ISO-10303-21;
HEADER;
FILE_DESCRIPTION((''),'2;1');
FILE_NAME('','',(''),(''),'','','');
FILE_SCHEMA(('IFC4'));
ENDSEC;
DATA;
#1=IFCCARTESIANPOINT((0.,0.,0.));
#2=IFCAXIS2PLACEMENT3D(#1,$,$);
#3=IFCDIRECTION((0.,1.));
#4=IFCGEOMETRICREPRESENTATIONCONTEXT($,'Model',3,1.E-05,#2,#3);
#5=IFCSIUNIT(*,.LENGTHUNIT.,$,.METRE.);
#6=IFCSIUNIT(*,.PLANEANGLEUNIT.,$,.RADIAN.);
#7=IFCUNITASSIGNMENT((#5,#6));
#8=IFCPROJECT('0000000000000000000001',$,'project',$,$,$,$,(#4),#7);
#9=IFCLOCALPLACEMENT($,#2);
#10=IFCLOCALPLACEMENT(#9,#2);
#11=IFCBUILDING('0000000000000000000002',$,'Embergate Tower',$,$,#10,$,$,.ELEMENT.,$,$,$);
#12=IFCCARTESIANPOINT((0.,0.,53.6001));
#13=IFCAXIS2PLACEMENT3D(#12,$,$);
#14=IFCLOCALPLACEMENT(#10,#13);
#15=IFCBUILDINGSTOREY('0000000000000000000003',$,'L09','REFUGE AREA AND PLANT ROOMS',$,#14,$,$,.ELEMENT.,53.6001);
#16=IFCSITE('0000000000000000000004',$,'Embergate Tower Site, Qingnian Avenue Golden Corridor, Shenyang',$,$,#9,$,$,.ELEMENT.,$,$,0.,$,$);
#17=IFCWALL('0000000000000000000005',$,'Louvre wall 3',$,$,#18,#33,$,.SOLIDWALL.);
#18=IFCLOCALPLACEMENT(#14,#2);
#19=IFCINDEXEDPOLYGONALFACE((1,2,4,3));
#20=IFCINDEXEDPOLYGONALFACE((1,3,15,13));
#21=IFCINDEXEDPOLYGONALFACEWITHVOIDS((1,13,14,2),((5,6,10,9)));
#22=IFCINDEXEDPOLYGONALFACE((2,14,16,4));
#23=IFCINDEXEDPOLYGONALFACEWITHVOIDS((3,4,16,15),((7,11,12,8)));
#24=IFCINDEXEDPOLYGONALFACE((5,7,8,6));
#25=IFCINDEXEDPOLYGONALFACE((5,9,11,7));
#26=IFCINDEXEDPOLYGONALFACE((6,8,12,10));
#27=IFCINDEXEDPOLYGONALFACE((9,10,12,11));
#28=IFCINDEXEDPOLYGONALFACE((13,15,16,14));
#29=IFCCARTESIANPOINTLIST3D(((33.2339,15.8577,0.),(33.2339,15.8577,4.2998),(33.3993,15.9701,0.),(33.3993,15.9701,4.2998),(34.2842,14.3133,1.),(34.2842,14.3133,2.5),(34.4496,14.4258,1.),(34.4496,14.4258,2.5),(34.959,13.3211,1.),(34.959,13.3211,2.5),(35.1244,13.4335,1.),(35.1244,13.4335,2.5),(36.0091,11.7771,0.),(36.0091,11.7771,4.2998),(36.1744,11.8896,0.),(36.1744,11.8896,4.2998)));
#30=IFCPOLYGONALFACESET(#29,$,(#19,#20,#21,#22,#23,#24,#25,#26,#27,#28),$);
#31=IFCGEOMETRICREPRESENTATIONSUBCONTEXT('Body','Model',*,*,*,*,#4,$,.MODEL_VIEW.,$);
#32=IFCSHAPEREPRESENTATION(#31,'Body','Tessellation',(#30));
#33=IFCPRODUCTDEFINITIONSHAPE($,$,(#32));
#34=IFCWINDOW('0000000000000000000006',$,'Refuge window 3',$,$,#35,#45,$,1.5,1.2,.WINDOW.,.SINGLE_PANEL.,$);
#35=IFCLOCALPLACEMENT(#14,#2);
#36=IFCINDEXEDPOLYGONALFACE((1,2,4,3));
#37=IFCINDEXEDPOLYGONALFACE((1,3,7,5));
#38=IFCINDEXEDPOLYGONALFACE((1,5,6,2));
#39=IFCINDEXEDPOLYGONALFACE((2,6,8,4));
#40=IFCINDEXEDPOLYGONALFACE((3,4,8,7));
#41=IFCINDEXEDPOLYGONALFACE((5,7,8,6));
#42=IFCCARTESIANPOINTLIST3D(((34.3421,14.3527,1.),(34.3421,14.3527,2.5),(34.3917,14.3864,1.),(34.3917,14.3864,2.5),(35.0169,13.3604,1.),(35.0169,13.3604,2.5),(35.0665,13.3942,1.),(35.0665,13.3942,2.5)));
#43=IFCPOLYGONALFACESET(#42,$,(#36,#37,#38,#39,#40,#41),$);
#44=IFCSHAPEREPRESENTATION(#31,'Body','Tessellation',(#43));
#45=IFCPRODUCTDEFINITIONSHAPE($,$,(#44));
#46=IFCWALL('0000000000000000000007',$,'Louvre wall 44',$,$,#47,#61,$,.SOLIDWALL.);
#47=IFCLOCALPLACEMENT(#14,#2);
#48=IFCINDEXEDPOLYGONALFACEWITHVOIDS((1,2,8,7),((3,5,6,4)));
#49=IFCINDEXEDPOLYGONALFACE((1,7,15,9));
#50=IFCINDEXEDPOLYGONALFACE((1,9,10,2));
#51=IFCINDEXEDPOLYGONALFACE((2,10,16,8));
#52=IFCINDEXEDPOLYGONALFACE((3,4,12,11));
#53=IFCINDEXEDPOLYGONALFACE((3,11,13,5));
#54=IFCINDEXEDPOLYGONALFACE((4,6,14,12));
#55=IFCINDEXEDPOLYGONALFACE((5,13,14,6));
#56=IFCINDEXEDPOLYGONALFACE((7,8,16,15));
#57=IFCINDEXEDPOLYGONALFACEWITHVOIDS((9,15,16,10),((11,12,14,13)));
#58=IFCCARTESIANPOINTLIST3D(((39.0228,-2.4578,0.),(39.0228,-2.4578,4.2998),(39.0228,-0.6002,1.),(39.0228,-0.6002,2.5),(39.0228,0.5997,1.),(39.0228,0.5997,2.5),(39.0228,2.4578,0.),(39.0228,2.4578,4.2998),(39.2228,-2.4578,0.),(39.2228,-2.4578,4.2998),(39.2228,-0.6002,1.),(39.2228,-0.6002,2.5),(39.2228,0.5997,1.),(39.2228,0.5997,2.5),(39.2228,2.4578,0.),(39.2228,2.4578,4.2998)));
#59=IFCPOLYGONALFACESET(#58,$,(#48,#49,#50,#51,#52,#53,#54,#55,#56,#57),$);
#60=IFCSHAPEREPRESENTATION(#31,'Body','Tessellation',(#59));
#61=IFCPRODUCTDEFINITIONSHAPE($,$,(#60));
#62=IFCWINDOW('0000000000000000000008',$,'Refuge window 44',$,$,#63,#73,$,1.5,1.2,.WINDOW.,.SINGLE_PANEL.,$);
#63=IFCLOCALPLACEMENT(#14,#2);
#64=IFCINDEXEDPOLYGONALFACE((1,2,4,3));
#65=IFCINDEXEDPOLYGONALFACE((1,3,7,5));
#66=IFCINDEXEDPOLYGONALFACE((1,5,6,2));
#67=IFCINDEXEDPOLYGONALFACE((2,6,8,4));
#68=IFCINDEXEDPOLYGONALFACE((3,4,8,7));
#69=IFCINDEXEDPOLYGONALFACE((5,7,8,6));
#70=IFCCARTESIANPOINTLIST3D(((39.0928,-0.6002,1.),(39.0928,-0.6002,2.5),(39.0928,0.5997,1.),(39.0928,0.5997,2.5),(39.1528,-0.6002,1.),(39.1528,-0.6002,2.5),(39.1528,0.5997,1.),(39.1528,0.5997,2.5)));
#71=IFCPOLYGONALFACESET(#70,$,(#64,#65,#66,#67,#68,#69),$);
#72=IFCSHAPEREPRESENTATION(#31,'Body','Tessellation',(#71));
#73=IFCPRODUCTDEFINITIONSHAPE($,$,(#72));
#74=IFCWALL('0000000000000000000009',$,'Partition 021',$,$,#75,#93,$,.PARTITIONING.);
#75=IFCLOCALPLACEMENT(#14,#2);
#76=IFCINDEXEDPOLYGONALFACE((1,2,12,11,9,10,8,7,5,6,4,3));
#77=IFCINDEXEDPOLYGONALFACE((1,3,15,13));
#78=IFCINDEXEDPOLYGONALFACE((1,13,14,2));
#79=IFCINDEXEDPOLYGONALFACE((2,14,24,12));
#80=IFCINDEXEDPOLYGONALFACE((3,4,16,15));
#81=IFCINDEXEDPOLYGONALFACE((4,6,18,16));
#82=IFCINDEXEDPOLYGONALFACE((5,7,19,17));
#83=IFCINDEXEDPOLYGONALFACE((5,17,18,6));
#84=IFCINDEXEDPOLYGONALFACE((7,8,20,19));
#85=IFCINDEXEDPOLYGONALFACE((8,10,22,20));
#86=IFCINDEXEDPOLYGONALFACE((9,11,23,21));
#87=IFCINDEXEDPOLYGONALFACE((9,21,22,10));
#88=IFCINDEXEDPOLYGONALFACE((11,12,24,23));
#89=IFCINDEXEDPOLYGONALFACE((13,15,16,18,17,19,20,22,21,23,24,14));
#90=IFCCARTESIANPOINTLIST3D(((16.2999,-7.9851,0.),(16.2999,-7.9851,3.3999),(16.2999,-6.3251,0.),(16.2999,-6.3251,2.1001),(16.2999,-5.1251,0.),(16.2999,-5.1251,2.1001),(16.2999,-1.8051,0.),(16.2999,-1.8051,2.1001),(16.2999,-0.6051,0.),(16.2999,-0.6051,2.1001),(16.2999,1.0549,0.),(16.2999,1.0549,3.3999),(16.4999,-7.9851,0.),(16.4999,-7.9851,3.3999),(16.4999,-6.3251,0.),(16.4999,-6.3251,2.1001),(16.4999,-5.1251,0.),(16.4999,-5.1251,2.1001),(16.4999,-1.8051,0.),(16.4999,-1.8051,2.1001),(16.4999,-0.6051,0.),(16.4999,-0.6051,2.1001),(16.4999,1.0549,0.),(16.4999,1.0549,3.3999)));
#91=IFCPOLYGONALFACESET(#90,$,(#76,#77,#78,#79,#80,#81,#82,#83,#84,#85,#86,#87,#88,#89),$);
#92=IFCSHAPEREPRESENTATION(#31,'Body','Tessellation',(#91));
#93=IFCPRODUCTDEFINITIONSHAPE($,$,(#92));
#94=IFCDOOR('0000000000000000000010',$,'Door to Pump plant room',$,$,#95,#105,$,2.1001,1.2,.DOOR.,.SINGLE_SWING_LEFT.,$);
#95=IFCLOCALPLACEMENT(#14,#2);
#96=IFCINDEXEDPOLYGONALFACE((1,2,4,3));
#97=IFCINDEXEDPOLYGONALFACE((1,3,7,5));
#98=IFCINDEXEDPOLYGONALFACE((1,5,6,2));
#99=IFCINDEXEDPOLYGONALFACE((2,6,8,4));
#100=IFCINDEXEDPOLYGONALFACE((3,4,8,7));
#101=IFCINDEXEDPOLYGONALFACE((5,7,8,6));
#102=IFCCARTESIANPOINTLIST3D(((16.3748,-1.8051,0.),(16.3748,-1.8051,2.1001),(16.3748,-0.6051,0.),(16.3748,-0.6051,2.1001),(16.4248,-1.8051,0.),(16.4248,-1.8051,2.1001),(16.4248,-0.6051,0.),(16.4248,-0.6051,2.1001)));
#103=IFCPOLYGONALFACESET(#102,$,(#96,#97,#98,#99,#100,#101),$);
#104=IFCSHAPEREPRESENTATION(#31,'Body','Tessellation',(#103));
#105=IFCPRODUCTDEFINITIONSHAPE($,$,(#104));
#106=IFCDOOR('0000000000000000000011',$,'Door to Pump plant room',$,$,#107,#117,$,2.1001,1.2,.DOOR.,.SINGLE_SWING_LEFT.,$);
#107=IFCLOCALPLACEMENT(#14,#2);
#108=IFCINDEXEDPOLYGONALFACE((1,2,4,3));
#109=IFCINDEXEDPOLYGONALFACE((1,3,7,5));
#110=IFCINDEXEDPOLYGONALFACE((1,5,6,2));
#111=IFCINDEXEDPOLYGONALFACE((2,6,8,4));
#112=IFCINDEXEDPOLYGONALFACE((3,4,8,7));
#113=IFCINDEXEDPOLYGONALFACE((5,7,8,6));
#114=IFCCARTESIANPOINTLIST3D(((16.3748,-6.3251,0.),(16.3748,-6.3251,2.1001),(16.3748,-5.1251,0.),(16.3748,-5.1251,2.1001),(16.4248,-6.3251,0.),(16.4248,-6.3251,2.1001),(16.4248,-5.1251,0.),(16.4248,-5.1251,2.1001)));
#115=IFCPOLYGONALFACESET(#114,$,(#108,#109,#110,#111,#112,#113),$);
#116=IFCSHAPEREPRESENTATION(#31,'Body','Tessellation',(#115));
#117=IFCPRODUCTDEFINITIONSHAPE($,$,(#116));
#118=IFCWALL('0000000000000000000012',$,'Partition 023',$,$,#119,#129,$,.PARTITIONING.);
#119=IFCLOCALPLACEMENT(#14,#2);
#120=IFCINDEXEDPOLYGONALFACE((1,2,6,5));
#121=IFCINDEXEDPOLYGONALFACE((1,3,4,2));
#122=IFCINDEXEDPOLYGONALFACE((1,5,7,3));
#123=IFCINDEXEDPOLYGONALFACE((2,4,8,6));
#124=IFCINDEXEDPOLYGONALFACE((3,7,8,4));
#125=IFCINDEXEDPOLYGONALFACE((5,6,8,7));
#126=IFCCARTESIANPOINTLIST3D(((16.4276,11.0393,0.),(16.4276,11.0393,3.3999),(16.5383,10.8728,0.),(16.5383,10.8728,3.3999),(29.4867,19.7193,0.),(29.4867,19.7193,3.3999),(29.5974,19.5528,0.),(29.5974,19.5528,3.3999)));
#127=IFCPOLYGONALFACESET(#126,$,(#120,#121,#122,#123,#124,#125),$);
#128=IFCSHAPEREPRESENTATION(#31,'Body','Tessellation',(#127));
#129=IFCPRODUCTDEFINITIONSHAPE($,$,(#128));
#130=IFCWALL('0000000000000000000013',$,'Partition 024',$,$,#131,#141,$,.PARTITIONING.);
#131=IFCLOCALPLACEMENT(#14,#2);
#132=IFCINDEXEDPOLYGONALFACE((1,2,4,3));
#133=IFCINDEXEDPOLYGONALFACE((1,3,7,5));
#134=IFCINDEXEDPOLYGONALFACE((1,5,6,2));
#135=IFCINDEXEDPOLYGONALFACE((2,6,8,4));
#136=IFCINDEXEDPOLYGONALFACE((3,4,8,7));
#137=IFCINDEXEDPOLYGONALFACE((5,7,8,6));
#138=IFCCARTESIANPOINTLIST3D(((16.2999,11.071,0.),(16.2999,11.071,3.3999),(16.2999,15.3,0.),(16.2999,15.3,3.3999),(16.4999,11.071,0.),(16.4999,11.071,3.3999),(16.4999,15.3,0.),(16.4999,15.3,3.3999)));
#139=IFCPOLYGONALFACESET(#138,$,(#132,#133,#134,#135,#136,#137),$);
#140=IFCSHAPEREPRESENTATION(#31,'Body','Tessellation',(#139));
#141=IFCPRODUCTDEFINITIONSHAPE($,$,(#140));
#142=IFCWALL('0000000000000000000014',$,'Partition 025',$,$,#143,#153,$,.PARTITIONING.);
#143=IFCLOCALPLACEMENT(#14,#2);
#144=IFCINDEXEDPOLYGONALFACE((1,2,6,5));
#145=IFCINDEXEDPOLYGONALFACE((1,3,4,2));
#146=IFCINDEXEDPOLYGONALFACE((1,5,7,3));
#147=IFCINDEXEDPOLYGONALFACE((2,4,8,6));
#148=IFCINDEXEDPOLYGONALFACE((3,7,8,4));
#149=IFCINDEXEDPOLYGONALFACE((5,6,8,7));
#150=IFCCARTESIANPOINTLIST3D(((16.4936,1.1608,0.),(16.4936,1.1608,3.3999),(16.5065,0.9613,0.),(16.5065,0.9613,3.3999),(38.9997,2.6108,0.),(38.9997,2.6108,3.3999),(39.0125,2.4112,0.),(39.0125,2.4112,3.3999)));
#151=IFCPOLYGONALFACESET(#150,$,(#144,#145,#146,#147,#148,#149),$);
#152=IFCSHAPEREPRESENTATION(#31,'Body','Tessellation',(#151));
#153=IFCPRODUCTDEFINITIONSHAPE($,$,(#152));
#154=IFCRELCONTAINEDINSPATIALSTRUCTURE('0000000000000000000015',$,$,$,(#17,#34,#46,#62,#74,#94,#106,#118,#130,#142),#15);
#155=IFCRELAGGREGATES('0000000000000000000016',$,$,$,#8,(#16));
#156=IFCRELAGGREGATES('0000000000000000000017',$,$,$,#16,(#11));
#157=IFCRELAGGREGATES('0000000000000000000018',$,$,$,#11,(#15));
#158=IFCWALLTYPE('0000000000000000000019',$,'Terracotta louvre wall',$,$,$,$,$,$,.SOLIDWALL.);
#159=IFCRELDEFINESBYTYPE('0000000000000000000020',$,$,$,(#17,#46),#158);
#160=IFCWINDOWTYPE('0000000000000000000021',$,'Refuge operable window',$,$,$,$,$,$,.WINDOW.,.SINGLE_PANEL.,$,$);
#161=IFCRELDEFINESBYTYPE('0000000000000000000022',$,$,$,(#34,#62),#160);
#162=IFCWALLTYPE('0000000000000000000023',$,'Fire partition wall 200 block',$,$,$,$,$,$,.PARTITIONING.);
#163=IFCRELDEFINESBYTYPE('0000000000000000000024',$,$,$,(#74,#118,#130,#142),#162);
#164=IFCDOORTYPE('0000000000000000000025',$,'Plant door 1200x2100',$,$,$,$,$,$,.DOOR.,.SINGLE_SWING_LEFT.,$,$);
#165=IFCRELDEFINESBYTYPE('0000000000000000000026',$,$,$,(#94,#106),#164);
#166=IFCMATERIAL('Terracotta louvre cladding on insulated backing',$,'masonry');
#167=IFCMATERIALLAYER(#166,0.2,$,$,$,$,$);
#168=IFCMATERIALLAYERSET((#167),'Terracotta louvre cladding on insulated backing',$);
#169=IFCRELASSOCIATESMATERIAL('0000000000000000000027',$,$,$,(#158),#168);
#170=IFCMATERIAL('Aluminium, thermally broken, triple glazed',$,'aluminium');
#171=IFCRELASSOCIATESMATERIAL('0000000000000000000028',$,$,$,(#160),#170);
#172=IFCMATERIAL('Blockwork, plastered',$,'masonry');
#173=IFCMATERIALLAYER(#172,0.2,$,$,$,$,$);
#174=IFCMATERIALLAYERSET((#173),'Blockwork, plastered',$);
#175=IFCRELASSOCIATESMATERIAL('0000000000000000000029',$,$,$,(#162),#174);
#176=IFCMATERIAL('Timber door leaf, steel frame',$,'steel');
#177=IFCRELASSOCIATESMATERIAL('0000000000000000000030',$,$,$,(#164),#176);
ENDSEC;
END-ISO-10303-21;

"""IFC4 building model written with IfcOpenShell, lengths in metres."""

from ifc_helpers import new_model, si_unit, direction, frame, frame_2d, origin, place, context, subcontext, project, spatial, rectangle, extrude, source, transform, mapped, material, layer, layer_set, type_object, element, fill, save


model = new_model("IFC4")

# Units and contexts
model_context = context("Model", 3, precision=1e-05, world=origin(), true_north=direction((0.0, 1.0)))
body_context = subcontext(model_context, "Body", "Model", "MODEL_VIEW")
ifc_project = project(units=[si_unit("LENGTHUNIT", "METRE"), si_unit("PLANEANGLEUNIT", "RADIAN")], contexts=[model_context])

# Site, building, storey
site_placement = place(None, origin())
site = spatial("IfcSite", under=ifc_project, at=site_placement, Name="Embergate Tower Site, Qingnian Avenue Golden Corridor, Shenyang", CompositionType="ELEMENT", RefElevation=0.0)
building_placement = place(site_placement, origin())
building = spatial("IfcBuilding", under=site, at=building_placement, Name="Embergate Tower", CompositionType="ELEMENT")
storey_placement = place(building_placement, frame((0.0, 0.0, 53.6001)))
storey = spatial("IfcBuildingStorey", under=building, at=storey_placement, Name="L09", Description="REFUGE AREA AND PLANT ROOMS", CompositionType="ELEMENT", Elevation=53.6001)

# Walls, openings, windows
ifc_material_1 = material(Name="Terracotta louvre cladding on insulated backing", Category="masonry")
ifc_layer_1 = layer(ifc_material_1, 0.2)
ifc_layer_set_1 = layer_set([ifc_layer_1], Name="Terracotta louvre cladding on insulated backing")
wall_type_1 = type_object("IfcWallType", Name="Terracotta louvre wall", PredefinedType="SOLIDWALL", material=ifc_layer_set_1)
shared_shape_1 = source(origin(), body_context, "Body", "SweptSolid", [
    extrude(rectangle(XDim=1.2, YDim=1.5, at=frame_2d((0.6001, 0.75))), frame((0.0, 0.1099, 0.0), z_axis=(0.0, -1.0, 0.0), x_axis=(1.0, 0.0, 0.0)), (0.0, 0.0, 1.0), 0.22),
])
ifc_material_2 = material(Name="Aluminium, thermally broken, triple glazed", Category="aluminium")
window_type = type_object("IfcWindowType", Name="Refuge operable window", PartitioningType="SINGLE_PANEL", PredefinedType="WINDOW", material=ifc_material_2)
shared_shape_2 = source(origin(), body_context, "Body", "SweptSolid", [
    extrude(rectangle(XDim=1.2, YDim=1.5, at=frame_2d((0.6001, 0.75))), frame((0.0, 0.03, 0.0), z_axis=(0.0, -1.0, 0.0), x_axis=(1.0, 0.0, 0.0)), (0.0, 0.0, 1.0), 0.0601),
])
shared_shape_3 = source(origin(), body_context, "Body", "SweptSolid", [
    extrude(rectangle(XDim=4.9348, YDim=0.2, at=frame_2d((2.4673, 0.0))), origin(), (0.0, 0.0, 1.0), 4.2998),
])
wall_1_placement = place(storey_placement, frame((33.3167, 15.9138, 0.0), z_axis=(0.0, 0.0, 1.0), x_axis=(0.56236, -0.826892, 0.0)))
wall_1 = element("IfcWall", 1, at=wall_1_placement, inside=storey, type_object=wall_type_1, Name="Louvre wall 3", PredefinedType="SOLIDWALL", context=body_context, shape_type="MappedRepresentation", body=[
    mapped(shared_shape_3, transform((0.0, 0.0, 0.0))),
])
opening_1_placement = place(wall_1_placement, frame((1.8674, 0.0, 1.0)))
opening_1 = element("IfcOpeningElement", 2, at=opening_1_placement, cuts=wall_1, PredefinedType="OPENING", context=body_context, shape_type="MappedRepresentation", body=[
    mapped(shared_shape_1, transform((0.0, 0.0, 0.0))),
])
window_1_placement = place(opening_1_placement, origin())
window_1 = element("IfcWindow", 3, at=window_1_placement, inside=storey, type_object=window_type, Name="Refuge window 3", OverallHeight=1.5, OverallWidth=1.2, PartitioningType="SINGLE_PANEL", PredefinedType="WINDOW", context=body_context, shape_type="MappedRepresentation", body=[
    mapped(shared_shape_2, transform((0.0, 0.0, 0.0))),
])
fill(opening_1, window_1)
shared_shape_4 = source(origin(), body_context, "Body", "SweptSolid", [
    extrude(rectangle(XDim=4.9155, YDim=0.2, at=frame_2d((2.4578, 0.0))), origin(), (0.0, 0.0, 1.0), 4.2998),
])
wall_2_placement = place(storey_placement, frame((39.1228, 2.4578, 0.0), z_axis=(0.0, 0.0, 1.0), x_axis=(0.0, -1.0, 0.0)))
wall_2 = element("IfcWall", 4, at=wall_2_placement, inside=storey, type_object=wall_type_1, Name="Louvre wall 44", PredefinedType="SOLIDWALL", context=body_context, shape_type="MappedRepresentation", body=[
    mapped(shared_shape_4, transform((0.0, 0.0, 0.0))),
])
opening_2_placement = place(wall_2_placement, frame((1.8579, 0.0, 1.0)))
opening_2 = element("IfcOpeningElement", 5, at=opening_2_placement, cuts=wall_2, PredefinedType="OPENING", context=body_context, shape_type="MappedRepresentation", body=[
    mapped(shared_shape_1, transform((0.0, 0.0, 0.0))),
])
window_2_placement = place(opening_2_placement, origin())
window_2 = element("IfcWindow", 6, at=window_2_placement, inside=storey, type_object=window_type, Name="Refuge window 44", OverallHeight=1.5, OverallWidth=1.2, PartitioningType="SINGLE_PANEL", PredefinedType="WINDOW", context=body_context, shape_type="MappedRepresentation", body=[
    mapped(shared_shape_2, transform((0.0, 0.0, 0.0))),
])
fill(opening_2, window_2)

# Wall, openings, doors
ifc_material_3 = material(Name="Blockwork, plastered", Category="masonry")
ifc_layer_2 = layer(ifc_material_3, 0.2)
ifc_layer_set_2 = layer_set([ifc_layer_2], Name="Blockwork, plastered")
wall_type_2 = type_object("IfcWallType", Name="Fire partition wall 200 block", PredefinedType="PARTITIONING", material=ifc_layer_set_2)
shared_shape_5 = source(origin(), body_context, "Body", "SweptSolid", [
    extrude(rectangle(XDim=9.04, YDim=0.2, at=frame_2d((4.52, 0.0))), origin(), (0.0, 0.0, 1.0), 3.3999),
])
wall_3_placement = place(storey_placement, frame((16.3999, 1.0549, 0.0), z_axis=(0.0, 0.0, 1.0), x_axis=(0.0, -1.0, 0.0)))
wall_3 = element("IfcWall", 7, at=wall_3_placement, inside=storey, type_object=wall_type_2, Name="Partition 021", PredefinedType="PARTITIONING", context=body_context, shape_type="MappedRepresentation", body=[
    mapped(shared_shape_5, transform((0.0, 0.0, 0.0))),
])
shared_shape_6 = source(origin(), body_context, "Body", "SweptSolid", [
    extrude(rectangle(XDim=1.2, YDim=2.1001, at=frame_2d((0.6001, 1.05))), frame((0.0, 0.1099, 0.0), z_axis=(0.0, -1.0, 0.0), x_axis=(1.0, 0.0, 0.0)), (0.0, 0.0, 1.0), 0.22),
])
opening_3_placement = place(wall_3_placement, frame((1.6599, 0.0, 0.0)))
opening_3 = element("IfcOpeningElement", 8, at=opening_3_placement, cuts=wall_3, PredefinedType="OPENING", context=body_context, shape_type="MappedRepresentation", body=[
    mapped(shared_shape_6, transform((0.0, 0.0, 0.0))),
])
opening_4_placement = place(wall_3_placement, frame((6.1799, 0.0, 0.0)))
opening_4 = element("IfcOpeningElement", 9, at=opening_4_placement, cuts=wall_3, PredefinedType="OPENING", context=body_context, shape_type="MappedRepresentation", body=[
    mapped(shared_shape_6, transform((0.0, 0.0, 0.0))),
])
ifc_material_4 = material(Name="Timber door leaf, steel frame", Category="steel")
door_type_1 = type_object("IfcDoorType", Name="Plant door 1200x2100", OperationType="SINGLE_SWING_LEFT", PredefinedType="DOOR", material=ifc_material_4)
shared_shape_7 = source(origin(), body_context, "Body", "SweptSolid", [
    extrude(rectangle(XDim=1.2, YDim=2.1001, at=frame_2d((0.6001, 1.05))), frame((0.0, 0.0249, 0.0), z_axis=(0.0, -1.0, 0.0), x_axis=(1.0, 0.0, 0.0)), (0.0, 0.0, 1.0), 0.05),
])
door_1_placement = place(opening_3_placement, origin())
door_1 = element("IfcDoor", 10, at=door_1_placement, inside=storey, type_object=door_type_1, Name="Door to Pump plant room", OperationType="SINGLE_SWING_LEFT", OverallHeight=2.1001, OverallWidth=1.2, PredefinedType="DOOR", context=body_context, shape_type="MappedRepresentation", body=[
    mapped(shared_shape_7, transform((0.0, 0.0, 0.0))),
])
fill(opening_3, door_1)
door_2_placement = place(opening_4_placement, origin())
door_2 = element("IfcDoor", 11, at=door_2_placement, inside=storey, type_object=door_type_1, Name="Door to Pump plant room", OperationType="SINGLE_SWING_LEFT", OverallHeight=2.1001, OverallWidth=1.2, PredefinedType="DOOR", context=body_context, shape_type="MappedRepresentation", body=[
    mapped(shared_shape_7, transform((0.0, 0.0, 0.0))),
])
fill(opening_4, door_2)

# Walls
shared_shape_8 = source(origin(), body_context, "Body", "SweptSolid", [
    extrude(rectangle(XDim=15.6807, YDim=0.2, at=frame_2d((7.8403, 0.0))), origin(), (0.0, 0.0, 1.0), 3.3999),
])
wall_4_placement = place(storey_placement, frame((16.4829, 10.9561, 0.0), z_axis=(0.0, 0.0, 1.0), x_axis=(0.832818, 0.553546, 0.0)))
element("IfcWall", 12, at=wall_4_placement, inside=storey, type_object=wall_type_2, Name="Partition 023", PredefinedType="PARTITIONING", context=body_context, shape_type="MappedRepresentation", body=[
    mapped(shared_shape_8, transform((0.0, 0.0, 0.0))),
])
shared_shape_9 = source(origin(), body_context, "Body", "SweptSolid", [
    extrude(rectangle(XDim=4.229, YDim=0.2, at=frame_2d((2.1145, 0.0))), origin(), (0.0, 0.0, 1.0), 3.3999),
])
wall_5_placement = place(storey_placement, frame((16.3999, 15.3, 0.0), z_axis=(0.0, 0.0, 1.0), x_axis=(0.0, -1.0, 0.0)))
element("IfcWall", 13, at=wall_5_placement, inside=storey, type_object=wall_type_2, Name="Partition 024", PredefinedType="PARTITIONING", context=body_context, shape_type="MappedRepresentation", body=[
    mapped(shared_shape_9, transform((0.0, 0.0, 0.0))),
])
shared_shape_10 = source(origin(), body_context, "Body", "SweptSolid", [
    extrude(rectangle(XDim=22.5527, YDim=0.2, at=frame_2d((11.2764, 0.0))), origin(), (0.0, 0.0, 1.0), 3.3999),
])
wall_6_placement = place(storey_placement, frame((39.0061, 2.511, 0.0), z_axis=(0.0, 0.0, 1.0), x_axis=(-0.997931, -0.064292, 0.0)))
element("IfcWall", 14, at=wall_6_placement, inside=storey, type_object=wall_type_2, Name="Partition 025", PredefinedType="PARTITIONING", context=body_context, shape_type="MappedRepresentation", body=[
    mapped(shared_shape_10, transform((0.0, 0.0, 0.0))),
])

save(model, "model.ifc")
